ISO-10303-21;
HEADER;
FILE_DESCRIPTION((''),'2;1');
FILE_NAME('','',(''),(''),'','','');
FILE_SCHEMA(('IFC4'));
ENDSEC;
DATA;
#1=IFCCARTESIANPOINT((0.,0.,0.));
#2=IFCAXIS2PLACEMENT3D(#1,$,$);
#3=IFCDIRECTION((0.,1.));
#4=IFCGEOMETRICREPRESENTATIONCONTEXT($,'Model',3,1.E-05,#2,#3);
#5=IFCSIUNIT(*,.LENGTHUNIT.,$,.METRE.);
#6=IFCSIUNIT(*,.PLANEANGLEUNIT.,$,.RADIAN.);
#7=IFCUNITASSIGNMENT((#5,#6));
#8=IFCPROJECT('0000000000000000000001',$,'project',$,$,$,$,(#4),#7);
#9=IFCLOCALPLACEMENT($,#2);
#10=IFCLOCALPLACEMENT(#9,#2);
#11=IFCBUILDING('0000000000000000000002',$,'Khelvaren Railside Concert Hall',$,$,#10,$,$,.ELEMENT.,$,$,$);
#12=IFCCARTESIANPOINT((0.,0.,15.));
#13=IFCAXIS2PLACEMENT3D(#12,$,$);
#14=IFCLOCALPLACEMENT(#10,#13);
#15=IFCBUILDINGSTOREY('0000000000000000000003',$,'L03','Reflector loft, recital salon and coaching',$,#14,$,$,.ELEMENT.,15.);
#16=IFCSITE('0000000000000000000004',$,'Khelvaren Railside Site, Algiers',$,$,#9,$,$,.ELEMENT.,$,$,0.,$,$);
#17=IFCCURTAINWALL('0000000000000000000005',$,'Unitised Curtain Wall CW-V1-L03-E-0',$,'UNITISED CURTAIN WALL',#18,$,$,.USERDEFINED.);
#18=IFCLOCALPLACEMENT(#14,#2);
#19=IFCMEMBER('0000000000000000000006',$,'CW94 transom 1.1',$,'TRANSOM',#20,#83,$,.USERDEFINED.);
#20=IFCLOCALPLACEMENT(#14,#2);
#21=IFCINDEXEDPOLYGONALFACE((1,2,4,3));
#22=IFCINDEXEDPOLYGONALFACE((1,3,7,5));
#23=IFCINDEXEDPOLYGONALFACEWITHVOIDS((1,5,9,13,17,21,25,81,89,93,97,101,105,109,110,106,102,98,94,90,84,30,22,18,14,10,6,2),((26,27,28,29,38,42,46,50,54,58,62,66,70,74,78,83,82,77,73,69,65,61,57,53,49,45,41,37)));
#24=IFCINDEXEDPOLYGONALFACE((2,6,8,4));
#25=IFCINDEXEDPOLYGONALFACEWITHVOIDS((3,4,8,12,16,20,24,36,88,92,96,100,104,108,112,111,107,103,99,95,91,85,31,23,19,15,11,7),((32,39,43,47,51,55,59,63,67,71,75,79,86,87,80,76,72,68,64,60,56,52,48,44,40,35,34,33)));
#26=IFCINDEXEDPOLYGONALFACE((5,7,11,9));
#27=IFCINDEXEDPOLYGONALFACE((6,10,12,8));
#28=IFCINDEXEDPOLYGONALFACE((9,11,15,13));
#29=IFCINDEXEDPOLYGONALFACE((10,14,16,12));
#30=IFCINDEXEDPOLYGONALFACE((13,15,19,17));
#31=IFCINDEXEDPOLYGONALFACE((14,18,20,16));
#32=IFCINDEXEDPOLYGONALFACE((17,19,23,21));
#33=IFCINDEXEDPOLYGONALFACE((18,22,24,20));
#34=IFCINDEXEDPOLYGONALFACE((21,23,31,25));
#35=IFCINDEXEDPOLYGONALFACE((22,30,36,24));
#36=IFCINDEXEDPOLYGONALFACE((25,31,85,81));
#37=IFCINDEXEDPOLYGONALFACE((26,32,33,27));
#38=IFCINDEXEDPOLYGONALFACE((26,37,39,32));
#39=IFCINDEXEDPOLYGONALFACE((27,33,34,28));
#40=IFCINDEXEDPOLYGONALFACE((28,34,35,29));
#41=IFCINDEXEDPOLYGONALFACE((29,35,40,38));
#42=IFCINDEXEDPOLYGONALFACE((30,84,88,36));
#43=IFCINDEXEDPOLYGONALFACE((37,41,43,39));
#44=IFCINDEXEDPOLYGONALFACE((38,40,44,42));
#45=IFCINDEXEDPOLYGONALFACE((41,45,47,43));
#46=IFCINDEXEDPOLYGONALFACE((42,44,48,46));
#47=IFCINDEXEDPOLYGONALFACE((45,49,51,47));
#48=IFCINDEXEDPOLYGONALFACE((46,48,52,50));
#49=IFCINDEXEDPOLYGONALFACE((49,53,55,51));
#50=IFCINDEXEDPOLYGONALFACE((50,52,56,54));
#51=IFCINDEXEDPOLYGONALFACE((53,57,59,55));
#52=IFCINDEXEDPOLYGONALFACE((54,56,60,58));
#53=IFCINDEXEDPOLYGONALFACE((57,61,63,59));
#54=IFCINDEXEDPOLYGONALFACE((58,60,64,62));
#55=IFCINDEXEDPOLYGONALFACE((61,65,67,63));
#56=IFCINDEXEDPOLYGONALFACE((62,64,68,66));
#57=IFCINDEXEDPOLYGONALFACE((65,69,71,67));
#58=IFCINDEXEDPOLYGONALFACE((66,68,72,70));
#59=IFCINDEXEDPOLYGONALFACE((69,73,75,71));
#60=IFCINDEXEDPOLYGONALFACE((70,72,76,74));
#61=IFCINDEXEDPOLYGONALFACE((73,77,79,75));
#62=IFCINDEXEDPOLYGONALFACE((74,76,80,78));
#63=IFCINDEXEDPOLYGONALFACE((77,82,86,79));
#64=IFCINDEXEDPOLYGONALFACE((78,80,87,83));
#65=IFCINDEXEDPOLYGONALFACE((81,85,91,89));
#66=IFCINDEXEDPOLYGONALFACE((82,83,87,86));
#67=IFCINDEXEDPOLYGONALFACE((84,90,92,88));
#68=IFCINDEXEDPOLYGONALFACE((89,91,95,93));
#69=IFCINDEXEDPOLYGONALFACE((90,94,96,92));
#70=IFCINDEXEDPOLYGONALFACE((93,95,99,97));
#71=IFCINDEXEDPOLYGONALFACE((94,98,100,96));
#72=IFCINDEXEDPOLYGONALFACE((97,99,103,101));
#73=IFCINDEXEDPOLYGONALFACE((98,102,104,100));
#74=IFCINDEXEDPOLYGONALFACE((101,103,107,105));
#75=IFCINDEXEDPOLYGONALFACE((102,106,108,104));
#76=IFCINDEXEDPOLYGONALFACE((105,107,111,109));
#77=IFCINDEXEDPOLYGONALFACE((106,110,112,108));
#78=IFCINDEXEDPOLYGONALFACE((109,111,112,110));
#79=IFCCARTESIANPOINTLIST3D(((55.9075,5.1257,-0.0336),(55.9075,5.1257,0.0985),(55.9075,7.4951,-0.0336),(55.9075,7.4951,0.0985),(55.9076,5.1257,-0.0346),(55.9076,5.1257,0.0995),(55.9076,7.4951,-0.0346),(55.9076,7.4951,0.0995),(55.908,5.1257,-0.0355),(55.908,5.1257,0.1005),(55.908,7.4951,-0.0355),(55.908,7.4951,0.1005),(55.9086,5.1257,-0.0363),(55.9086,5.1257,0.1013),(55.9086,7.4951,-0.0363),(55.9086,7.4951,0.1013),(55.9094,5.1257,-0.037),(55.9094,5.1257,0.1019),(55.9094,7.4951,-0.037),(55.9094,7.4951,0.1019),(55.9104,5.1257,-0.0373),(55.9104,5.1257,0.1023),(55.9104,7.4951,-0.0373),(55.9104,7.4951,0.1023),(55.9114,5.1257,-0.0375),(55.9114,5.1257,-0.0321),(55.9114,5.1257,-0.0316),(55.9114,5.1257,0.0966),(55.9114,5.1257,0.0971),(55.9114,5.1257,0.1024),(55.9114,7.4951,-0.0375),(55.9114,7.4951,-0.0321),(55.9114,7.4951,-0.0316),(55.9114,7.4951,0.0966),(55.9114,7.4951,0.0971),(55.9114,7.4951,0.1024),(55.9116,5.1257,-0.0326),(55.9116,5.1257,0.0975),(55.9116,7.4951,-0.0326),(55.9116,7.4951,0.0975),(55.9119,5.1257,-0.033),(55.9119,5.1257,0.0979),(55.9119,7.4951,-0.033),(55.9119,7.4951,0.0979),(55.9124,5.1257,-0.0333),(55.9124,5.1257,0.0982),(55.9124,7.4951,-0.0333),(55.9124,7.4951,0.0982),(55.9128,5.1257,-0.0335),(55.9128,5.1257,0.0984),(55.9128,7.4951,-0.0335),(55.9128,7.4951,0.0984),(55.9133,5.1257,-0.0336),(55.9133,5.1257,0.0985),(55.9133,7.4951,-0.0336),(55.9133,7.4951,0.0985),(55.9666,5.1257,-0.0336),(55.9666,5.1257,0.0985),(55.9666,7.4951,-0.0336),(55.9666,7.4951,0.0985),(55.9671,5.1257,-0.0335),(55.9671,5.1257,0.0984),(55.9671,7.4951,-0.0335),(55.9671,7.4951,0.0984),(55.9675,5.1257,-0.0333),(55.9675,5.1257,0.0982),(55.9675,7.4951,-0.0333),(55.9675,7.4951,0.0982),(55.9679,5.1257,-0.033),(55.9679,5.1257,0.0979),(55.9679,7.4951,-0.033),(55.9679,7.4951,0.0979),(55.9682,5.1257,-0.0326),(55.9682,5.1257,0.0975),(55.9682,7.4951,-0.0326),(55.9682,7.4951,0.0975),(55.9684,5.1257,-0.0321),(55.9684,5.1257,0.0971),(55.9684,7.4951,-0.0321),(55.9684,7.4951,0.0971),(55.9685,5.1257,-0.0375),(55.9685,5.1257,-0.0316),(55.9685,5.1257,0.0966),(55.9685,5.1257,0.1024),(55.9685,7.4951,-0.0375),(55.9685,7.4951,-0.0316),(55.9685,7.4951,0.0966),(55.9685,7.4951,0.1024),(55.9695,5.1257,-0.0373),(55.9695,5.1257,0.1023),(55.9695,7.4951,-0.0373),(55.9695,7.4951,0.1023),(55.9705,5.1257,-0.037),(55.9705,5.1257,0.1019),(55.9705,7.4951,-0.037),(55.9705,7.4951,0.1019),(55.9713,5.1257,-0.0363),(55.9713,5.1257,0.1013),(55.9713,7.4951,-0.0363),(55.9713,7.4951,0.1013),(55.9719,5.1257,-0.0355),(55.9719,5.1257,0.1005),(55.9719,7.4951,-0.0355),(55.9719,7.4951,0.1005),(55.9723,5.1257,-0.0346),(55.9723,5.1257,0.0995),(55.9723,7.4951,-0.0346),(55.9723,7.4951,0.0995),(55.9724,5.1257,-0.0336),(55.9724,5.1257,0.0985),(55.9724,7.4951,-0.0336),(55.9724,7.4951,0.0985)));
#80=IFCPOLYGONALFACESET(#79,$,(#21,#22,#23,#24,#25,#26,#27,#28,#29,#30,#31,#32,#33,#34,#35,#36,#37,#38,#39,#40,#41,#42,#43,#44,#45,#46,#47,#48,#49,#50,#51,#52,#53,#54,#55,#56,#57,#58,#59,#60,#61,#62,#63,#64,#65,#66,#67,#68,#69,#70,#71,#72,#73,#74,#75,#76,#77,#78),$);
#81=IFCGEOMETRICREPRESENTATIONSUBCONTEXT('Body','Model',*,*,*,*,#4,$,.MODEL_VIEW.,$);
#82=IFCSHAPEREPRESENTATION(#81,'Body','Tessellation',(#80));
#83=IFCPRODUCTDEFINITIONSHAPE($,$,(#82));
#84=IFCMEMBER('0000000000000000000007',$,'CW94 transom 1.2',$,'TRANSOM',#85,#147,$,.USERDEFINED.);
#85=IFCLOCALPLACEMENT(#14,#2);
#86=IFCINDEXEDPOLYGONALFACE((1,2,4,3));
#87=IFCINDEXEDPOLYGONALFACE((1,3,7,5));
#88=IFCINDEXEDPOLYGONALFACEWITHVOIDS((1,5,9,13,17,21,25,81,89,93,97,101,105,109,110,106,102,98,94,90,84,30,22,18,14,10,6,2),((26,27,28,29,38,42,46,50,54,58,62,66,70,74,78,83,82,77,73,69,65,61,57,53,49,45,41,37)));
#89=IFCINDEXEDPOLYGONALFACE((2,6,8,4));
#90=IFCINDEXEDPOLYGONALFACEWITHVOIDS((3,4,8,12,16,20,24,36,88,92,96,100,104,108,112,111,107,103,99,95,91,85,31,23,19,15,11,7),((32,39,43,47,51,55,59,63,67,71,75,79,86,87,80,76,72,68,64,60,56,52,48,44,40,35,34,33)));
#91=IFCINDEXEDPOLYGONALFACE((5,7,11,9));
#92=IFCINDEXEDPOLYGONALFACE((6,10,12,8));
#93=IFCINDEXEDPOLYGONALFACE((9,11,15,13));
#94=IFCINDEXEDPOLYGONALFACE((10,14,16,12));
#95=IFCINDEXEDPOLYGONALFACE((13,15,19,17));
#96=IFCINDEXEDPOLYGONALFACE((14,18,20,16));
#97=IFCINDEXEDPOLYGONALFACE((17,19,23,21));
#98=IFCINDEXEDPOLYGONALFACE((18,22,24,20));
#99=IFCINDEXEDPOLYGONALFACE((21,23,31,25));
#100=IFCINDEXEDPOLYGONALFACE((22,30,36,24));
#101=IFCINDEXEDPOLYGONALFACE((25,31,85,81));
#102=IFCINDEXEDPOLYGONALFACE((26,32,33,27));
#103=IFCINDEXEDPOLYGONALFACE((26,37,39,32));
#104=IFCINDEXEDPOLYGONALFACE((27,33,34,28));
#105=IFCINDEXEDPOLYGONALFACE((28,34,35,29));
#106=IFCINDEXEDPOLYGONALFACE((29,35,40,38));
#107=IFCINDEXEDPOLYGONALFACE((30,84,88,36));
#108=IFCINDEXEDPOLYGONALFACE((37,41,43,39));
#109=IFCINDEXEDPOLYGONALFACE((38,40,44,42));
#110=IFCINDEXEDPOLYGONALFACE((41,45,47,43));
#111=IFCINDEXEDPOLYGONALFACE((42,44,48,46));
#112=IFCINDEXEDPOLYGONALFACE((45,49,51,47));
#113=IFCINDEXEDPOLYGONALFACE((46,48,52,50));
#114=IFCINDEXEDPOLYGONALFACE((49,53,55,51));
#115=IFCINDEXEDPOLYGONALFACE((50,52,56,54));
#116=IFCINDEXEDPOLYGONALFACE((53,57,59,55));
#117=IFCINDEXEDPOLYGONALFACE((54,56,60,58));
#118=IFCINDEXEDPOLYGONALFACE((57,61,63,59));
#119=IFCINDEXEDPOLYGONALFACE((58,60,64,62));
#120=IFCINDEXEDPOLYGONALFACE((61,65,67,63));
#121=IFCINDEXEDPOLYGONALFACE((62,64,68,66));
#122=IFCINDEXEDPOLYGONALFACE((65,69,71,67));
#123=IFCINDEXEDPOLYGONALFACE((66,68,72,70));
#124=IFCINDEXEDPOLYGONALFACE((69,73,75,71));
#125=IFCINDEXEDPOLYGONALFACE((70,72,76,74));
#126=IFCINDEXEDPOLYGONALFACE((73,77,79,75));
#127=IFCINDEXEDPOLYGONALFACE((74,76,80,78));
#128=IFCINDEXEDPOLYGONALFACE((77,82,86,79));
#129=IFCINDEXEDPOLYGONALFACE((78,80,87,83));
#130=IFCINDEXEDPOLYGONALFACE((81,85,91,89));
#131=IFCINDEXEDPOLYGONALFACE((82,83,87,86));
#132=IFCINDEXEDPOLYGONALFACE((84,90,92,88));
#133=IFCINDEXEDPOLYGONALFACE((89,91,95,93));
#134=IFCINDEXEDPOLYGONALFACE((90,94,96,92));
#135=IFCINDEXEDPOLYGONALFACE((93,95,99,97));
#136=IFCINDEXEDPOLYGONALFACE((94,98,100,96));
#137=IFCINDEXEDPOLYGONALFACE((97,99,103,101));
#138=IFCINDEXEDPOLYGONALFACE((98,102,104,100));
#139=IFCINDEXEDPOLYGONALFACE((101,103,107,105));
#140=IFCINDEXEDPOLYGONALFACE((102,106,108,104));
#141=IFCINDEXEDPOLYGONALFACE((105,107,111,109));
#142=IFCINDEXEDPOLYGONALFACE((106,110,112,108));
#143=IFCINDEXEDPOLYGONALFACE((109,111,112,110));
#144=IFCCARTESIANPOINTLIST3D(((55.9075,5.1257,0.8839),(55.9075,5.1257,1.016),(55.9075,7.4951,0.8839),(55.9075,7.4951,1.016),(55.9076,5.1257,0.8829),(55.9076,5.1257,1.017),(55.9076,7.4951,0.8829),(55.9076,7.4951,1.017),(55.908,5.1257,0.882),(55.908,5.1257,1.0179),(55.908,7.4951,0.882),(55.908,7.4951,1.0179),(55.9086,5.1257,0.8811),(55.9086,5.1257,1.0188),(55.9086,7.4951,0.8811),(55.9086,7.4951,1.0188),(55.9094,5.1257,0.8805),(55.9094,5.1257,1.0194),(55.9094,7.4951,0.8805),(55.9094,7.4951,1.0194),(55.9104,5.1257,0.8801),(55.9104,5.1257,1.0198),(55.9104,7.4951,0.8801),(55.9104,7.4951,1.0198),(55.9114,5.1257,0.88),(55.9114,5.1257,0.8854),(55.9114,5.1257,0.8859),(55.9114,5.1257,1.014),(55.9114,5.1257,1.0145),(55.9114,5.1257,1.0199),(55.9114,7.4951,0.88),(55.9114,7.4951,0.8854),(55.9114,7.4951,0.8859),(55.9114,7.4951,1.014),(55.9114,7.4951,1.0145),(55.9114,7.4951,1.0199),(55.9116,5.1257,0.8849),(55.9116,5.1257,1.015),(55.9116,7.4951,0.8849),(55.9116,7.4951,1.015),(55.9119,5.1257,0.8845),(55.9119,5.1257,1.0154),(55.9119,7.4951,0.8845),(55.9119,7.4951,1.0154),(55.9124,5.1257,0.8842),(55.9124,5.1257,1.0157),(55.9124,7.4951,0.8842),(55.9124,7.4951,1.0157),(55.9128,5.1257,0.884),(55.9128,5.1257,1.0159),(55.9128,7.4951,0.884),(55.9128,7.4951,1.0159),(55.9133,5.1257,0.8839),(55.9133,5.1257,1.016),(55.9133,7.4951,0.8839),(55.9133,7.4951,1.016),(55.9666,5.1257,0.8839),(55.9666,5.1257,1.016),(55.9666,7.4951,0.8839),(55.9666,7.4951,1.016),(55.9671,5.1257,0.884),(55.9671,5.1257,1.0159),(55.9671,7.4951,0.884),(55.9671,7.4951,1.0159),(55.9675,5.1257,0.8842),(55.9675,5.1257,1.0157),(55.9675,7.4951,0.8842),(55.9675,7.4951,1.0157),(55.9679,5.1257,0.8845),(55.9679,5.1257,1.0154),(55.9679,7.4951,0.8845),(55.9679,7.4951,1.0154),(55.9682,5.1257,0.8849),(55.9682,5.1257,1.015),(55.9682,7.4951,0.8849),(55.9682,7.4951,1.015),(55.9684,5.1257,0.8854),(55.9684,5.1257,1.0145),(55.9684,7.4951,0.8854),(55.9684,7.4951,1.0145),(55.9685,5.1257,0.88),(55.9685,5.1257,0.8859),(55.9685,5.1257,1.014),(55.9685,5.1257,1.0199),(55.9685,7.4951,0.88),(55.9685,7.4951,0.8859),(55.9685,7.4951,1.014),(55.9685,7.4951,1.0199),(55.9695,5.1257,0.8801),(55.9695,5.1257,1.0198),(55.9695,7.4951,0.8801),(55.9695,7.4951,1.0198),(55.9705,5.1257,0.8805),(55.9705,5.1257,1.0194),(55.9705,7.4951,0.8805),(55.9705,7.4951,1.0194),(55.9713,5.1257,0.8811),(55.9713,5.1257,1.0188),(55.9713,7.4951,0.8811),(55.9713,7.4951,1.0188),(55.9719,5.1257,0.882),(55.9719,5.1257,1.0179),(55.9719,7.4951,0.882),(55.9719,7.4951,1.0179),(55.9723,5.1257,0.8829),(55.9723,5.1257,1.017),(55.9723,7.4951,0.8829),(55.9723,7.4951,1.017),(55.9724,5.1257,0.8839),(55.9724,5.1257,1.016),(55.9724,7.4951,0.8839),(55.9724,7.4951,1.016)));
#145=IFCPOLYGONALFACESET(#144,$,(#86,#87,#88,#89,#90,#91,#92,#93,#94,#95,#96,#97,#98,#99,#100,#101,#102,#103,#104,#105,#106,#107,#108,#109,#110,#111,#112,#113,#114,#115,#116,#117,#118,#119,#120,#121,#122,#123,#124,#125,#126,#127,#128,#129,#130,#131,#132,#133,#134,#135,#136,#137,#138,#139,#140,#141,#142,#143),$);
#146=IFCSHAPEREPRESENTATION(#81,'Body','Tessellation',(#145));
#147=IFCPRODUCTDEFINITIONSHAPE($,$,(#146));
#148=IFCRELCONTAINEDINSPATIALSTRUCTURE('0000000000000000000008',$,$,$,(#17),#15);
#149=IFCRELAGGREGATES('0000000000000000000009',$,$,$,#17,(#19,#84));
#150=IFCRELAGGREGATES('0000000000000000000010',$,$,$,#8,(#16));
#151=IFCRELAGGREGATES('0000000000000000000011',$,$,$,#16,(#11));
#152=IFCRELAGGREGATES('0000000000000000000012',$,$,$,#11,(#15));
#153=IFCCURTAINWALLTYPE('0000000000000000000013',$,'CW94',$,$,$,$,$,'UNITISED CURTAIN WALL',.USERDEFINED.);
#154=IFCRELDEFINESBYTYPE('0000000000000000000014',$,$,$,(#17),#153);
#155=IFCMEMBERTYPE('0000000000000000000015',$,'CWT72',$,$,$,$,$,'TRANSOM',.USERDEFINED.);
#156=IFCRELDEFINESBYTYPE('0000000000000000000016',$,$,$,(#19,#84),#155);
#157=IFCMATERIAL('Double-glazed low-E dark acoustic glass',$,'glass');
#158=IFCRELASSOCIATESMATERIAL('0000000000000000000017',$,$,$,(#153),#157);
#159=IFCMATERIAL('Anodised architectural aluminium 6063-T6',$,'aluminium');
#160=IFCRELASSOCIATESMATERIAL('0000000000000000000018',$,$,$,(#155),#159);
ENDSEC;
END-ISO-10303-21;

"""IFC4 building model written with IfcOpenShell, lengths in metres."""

from ifc_helpers import new_model, si_unit, direction, frame, origin, origin_2d, place, context, subcontext, project, spatial, hollow_rectangle, extrude, material, material_profile, profile_set, type_object, element, aggregate, save


model = new_model("IFC4")

# Units and contexts
model_context = context("Model", 3, precision=1e-05, world=origin(), true_north=direction((0.0, 1.0)))
body_context = subcontext(model_context, "Body", "Model", "MODEL_VIEW")
ifc_project = project(units=[si_unit("LENGTHUNIT", "METRE"), si_unit("PLANEANGLEUNIT", "RADIAN")], contexts=[model_context])

# Site, building, storey
site_placement = place(None, origin())
site = spatial("IfcSite", under=ifc_project, at=site_placement, Name="Khelvaren Railside Site, Algiers", CompositionType="ELEMENT", RefElevation=0.0)
building_placement = place(site_placement, origin())
building = spatial("IfcBuilding", under=site, at=building_placement, Name="Khelvaren Railside Concert Hall", CompositionType="ELEMENT")
storey_placement = place(building_placement, frame((0.0, 0.0, 15.0)))
storey = spatial("IfcBuildingStorey", under=building, at=storey_placement, Name="L03", Description="Reflector loft, recital salon and coaching", CompositionType="ELEMENT", Elevation=15.0)

# Curtain wall
ifc_material_1 = material(Name="Double-glazed low-E dark acoustic glass", Category="glass")
curtain_wall_type_1 = type_object("IfcCurtainWallType", Name="CW94", ElementType="UNITISED CURTAIN WALL", PredefinedType="USERDEFINED", material=ifc_material_1)
curtain_wall_1_placement = place(storey_placement, origin())
curtain_wall_1 = element("IfcCurtainWall", 1, at=curtain_wall_1_placement, inside=storey, type_object=curtain_wall_type_1, Name="Unitised Curtain Wall CW-V1-L03-E-0", ObjectType="UNITISED CURTAIN WALL", PredefinedType="USERDEFINED")
ifc_material_2 = material(Name="Anodised architectural aluminium 6063-T6", Category="aluminium")

# Members
ifc_material_profile_1 = material_profile(ifc_material_2, hollow_rectangle(XDim=0.0649, YDim=0.1399, WallThickness=0.0039, InnerFilletRadius=0.002, OuterFilletRadius=0.0039, at=origin_2d()), Name="CWT 65x140x4")
ifc_profile_set_1 = profile_set([ifc_material_profile_1], Name="Anodised architectural aluminium 6063-T6")
member_type_1 = type_object("IfcMemberType", Name="CWT72", ElementType="TRANSOM", PredefinedType="USERDEFINED", material=ifc_profile_set_1)
member_1_placement = place(storey_placement, frame((55.9399, 7.4951, 0.0325), z_axis=(0.0, -1.0, 0.0), x_axis=(1.0, 0.0, 0.0)))
member_1 = element("IfcMember", 2, at=member_1_placement, type_object=member_type_1, Name="CW94 transom 1.1", ObjectType="TRANSOM", PredefinedType="USERDEFINED", context=body_context, shape_type="SweptSolid", body=[
    extrude(hollow_rectangle(XDim=0.0649, YDim=0.1399, WallThickness=0.0039, InnerFilletRadius=0.002, OuterFilletRadius=0.0039, at=origin_2d()), origin(), (0.0, 0.0, 1.0), 2.3694),
])
member_2_placement = place(storey_placement, frame((55.9399, 7.4951, 0.95), z_axis=(0.0, -1.0, 0.0), x_axis=(1.0, 0.0, 0.0)))
member_2 = element("IfcMember", 3, at=member_2_placement, type_object=member_type_1, Name="CW94 transom 1.2", ObjectType="TRANSOM", PredefinedType="USERDEFINED", context=body_context, shape_type="SweptSolid", body=[
    extrude(hollow_rectangle(XDim=0.0649, YDim=0.1399, WallThickness=0.0039, InnerFilletRadius=0.002, OuterFilletRadius=0.0039, at=origin_2d()), origin(), (0.0, 0.0, 1.0), 2.3694),
])

aggregate(curtain_wall_1, [member_1, member_2])

save(model, "model.ifc")
